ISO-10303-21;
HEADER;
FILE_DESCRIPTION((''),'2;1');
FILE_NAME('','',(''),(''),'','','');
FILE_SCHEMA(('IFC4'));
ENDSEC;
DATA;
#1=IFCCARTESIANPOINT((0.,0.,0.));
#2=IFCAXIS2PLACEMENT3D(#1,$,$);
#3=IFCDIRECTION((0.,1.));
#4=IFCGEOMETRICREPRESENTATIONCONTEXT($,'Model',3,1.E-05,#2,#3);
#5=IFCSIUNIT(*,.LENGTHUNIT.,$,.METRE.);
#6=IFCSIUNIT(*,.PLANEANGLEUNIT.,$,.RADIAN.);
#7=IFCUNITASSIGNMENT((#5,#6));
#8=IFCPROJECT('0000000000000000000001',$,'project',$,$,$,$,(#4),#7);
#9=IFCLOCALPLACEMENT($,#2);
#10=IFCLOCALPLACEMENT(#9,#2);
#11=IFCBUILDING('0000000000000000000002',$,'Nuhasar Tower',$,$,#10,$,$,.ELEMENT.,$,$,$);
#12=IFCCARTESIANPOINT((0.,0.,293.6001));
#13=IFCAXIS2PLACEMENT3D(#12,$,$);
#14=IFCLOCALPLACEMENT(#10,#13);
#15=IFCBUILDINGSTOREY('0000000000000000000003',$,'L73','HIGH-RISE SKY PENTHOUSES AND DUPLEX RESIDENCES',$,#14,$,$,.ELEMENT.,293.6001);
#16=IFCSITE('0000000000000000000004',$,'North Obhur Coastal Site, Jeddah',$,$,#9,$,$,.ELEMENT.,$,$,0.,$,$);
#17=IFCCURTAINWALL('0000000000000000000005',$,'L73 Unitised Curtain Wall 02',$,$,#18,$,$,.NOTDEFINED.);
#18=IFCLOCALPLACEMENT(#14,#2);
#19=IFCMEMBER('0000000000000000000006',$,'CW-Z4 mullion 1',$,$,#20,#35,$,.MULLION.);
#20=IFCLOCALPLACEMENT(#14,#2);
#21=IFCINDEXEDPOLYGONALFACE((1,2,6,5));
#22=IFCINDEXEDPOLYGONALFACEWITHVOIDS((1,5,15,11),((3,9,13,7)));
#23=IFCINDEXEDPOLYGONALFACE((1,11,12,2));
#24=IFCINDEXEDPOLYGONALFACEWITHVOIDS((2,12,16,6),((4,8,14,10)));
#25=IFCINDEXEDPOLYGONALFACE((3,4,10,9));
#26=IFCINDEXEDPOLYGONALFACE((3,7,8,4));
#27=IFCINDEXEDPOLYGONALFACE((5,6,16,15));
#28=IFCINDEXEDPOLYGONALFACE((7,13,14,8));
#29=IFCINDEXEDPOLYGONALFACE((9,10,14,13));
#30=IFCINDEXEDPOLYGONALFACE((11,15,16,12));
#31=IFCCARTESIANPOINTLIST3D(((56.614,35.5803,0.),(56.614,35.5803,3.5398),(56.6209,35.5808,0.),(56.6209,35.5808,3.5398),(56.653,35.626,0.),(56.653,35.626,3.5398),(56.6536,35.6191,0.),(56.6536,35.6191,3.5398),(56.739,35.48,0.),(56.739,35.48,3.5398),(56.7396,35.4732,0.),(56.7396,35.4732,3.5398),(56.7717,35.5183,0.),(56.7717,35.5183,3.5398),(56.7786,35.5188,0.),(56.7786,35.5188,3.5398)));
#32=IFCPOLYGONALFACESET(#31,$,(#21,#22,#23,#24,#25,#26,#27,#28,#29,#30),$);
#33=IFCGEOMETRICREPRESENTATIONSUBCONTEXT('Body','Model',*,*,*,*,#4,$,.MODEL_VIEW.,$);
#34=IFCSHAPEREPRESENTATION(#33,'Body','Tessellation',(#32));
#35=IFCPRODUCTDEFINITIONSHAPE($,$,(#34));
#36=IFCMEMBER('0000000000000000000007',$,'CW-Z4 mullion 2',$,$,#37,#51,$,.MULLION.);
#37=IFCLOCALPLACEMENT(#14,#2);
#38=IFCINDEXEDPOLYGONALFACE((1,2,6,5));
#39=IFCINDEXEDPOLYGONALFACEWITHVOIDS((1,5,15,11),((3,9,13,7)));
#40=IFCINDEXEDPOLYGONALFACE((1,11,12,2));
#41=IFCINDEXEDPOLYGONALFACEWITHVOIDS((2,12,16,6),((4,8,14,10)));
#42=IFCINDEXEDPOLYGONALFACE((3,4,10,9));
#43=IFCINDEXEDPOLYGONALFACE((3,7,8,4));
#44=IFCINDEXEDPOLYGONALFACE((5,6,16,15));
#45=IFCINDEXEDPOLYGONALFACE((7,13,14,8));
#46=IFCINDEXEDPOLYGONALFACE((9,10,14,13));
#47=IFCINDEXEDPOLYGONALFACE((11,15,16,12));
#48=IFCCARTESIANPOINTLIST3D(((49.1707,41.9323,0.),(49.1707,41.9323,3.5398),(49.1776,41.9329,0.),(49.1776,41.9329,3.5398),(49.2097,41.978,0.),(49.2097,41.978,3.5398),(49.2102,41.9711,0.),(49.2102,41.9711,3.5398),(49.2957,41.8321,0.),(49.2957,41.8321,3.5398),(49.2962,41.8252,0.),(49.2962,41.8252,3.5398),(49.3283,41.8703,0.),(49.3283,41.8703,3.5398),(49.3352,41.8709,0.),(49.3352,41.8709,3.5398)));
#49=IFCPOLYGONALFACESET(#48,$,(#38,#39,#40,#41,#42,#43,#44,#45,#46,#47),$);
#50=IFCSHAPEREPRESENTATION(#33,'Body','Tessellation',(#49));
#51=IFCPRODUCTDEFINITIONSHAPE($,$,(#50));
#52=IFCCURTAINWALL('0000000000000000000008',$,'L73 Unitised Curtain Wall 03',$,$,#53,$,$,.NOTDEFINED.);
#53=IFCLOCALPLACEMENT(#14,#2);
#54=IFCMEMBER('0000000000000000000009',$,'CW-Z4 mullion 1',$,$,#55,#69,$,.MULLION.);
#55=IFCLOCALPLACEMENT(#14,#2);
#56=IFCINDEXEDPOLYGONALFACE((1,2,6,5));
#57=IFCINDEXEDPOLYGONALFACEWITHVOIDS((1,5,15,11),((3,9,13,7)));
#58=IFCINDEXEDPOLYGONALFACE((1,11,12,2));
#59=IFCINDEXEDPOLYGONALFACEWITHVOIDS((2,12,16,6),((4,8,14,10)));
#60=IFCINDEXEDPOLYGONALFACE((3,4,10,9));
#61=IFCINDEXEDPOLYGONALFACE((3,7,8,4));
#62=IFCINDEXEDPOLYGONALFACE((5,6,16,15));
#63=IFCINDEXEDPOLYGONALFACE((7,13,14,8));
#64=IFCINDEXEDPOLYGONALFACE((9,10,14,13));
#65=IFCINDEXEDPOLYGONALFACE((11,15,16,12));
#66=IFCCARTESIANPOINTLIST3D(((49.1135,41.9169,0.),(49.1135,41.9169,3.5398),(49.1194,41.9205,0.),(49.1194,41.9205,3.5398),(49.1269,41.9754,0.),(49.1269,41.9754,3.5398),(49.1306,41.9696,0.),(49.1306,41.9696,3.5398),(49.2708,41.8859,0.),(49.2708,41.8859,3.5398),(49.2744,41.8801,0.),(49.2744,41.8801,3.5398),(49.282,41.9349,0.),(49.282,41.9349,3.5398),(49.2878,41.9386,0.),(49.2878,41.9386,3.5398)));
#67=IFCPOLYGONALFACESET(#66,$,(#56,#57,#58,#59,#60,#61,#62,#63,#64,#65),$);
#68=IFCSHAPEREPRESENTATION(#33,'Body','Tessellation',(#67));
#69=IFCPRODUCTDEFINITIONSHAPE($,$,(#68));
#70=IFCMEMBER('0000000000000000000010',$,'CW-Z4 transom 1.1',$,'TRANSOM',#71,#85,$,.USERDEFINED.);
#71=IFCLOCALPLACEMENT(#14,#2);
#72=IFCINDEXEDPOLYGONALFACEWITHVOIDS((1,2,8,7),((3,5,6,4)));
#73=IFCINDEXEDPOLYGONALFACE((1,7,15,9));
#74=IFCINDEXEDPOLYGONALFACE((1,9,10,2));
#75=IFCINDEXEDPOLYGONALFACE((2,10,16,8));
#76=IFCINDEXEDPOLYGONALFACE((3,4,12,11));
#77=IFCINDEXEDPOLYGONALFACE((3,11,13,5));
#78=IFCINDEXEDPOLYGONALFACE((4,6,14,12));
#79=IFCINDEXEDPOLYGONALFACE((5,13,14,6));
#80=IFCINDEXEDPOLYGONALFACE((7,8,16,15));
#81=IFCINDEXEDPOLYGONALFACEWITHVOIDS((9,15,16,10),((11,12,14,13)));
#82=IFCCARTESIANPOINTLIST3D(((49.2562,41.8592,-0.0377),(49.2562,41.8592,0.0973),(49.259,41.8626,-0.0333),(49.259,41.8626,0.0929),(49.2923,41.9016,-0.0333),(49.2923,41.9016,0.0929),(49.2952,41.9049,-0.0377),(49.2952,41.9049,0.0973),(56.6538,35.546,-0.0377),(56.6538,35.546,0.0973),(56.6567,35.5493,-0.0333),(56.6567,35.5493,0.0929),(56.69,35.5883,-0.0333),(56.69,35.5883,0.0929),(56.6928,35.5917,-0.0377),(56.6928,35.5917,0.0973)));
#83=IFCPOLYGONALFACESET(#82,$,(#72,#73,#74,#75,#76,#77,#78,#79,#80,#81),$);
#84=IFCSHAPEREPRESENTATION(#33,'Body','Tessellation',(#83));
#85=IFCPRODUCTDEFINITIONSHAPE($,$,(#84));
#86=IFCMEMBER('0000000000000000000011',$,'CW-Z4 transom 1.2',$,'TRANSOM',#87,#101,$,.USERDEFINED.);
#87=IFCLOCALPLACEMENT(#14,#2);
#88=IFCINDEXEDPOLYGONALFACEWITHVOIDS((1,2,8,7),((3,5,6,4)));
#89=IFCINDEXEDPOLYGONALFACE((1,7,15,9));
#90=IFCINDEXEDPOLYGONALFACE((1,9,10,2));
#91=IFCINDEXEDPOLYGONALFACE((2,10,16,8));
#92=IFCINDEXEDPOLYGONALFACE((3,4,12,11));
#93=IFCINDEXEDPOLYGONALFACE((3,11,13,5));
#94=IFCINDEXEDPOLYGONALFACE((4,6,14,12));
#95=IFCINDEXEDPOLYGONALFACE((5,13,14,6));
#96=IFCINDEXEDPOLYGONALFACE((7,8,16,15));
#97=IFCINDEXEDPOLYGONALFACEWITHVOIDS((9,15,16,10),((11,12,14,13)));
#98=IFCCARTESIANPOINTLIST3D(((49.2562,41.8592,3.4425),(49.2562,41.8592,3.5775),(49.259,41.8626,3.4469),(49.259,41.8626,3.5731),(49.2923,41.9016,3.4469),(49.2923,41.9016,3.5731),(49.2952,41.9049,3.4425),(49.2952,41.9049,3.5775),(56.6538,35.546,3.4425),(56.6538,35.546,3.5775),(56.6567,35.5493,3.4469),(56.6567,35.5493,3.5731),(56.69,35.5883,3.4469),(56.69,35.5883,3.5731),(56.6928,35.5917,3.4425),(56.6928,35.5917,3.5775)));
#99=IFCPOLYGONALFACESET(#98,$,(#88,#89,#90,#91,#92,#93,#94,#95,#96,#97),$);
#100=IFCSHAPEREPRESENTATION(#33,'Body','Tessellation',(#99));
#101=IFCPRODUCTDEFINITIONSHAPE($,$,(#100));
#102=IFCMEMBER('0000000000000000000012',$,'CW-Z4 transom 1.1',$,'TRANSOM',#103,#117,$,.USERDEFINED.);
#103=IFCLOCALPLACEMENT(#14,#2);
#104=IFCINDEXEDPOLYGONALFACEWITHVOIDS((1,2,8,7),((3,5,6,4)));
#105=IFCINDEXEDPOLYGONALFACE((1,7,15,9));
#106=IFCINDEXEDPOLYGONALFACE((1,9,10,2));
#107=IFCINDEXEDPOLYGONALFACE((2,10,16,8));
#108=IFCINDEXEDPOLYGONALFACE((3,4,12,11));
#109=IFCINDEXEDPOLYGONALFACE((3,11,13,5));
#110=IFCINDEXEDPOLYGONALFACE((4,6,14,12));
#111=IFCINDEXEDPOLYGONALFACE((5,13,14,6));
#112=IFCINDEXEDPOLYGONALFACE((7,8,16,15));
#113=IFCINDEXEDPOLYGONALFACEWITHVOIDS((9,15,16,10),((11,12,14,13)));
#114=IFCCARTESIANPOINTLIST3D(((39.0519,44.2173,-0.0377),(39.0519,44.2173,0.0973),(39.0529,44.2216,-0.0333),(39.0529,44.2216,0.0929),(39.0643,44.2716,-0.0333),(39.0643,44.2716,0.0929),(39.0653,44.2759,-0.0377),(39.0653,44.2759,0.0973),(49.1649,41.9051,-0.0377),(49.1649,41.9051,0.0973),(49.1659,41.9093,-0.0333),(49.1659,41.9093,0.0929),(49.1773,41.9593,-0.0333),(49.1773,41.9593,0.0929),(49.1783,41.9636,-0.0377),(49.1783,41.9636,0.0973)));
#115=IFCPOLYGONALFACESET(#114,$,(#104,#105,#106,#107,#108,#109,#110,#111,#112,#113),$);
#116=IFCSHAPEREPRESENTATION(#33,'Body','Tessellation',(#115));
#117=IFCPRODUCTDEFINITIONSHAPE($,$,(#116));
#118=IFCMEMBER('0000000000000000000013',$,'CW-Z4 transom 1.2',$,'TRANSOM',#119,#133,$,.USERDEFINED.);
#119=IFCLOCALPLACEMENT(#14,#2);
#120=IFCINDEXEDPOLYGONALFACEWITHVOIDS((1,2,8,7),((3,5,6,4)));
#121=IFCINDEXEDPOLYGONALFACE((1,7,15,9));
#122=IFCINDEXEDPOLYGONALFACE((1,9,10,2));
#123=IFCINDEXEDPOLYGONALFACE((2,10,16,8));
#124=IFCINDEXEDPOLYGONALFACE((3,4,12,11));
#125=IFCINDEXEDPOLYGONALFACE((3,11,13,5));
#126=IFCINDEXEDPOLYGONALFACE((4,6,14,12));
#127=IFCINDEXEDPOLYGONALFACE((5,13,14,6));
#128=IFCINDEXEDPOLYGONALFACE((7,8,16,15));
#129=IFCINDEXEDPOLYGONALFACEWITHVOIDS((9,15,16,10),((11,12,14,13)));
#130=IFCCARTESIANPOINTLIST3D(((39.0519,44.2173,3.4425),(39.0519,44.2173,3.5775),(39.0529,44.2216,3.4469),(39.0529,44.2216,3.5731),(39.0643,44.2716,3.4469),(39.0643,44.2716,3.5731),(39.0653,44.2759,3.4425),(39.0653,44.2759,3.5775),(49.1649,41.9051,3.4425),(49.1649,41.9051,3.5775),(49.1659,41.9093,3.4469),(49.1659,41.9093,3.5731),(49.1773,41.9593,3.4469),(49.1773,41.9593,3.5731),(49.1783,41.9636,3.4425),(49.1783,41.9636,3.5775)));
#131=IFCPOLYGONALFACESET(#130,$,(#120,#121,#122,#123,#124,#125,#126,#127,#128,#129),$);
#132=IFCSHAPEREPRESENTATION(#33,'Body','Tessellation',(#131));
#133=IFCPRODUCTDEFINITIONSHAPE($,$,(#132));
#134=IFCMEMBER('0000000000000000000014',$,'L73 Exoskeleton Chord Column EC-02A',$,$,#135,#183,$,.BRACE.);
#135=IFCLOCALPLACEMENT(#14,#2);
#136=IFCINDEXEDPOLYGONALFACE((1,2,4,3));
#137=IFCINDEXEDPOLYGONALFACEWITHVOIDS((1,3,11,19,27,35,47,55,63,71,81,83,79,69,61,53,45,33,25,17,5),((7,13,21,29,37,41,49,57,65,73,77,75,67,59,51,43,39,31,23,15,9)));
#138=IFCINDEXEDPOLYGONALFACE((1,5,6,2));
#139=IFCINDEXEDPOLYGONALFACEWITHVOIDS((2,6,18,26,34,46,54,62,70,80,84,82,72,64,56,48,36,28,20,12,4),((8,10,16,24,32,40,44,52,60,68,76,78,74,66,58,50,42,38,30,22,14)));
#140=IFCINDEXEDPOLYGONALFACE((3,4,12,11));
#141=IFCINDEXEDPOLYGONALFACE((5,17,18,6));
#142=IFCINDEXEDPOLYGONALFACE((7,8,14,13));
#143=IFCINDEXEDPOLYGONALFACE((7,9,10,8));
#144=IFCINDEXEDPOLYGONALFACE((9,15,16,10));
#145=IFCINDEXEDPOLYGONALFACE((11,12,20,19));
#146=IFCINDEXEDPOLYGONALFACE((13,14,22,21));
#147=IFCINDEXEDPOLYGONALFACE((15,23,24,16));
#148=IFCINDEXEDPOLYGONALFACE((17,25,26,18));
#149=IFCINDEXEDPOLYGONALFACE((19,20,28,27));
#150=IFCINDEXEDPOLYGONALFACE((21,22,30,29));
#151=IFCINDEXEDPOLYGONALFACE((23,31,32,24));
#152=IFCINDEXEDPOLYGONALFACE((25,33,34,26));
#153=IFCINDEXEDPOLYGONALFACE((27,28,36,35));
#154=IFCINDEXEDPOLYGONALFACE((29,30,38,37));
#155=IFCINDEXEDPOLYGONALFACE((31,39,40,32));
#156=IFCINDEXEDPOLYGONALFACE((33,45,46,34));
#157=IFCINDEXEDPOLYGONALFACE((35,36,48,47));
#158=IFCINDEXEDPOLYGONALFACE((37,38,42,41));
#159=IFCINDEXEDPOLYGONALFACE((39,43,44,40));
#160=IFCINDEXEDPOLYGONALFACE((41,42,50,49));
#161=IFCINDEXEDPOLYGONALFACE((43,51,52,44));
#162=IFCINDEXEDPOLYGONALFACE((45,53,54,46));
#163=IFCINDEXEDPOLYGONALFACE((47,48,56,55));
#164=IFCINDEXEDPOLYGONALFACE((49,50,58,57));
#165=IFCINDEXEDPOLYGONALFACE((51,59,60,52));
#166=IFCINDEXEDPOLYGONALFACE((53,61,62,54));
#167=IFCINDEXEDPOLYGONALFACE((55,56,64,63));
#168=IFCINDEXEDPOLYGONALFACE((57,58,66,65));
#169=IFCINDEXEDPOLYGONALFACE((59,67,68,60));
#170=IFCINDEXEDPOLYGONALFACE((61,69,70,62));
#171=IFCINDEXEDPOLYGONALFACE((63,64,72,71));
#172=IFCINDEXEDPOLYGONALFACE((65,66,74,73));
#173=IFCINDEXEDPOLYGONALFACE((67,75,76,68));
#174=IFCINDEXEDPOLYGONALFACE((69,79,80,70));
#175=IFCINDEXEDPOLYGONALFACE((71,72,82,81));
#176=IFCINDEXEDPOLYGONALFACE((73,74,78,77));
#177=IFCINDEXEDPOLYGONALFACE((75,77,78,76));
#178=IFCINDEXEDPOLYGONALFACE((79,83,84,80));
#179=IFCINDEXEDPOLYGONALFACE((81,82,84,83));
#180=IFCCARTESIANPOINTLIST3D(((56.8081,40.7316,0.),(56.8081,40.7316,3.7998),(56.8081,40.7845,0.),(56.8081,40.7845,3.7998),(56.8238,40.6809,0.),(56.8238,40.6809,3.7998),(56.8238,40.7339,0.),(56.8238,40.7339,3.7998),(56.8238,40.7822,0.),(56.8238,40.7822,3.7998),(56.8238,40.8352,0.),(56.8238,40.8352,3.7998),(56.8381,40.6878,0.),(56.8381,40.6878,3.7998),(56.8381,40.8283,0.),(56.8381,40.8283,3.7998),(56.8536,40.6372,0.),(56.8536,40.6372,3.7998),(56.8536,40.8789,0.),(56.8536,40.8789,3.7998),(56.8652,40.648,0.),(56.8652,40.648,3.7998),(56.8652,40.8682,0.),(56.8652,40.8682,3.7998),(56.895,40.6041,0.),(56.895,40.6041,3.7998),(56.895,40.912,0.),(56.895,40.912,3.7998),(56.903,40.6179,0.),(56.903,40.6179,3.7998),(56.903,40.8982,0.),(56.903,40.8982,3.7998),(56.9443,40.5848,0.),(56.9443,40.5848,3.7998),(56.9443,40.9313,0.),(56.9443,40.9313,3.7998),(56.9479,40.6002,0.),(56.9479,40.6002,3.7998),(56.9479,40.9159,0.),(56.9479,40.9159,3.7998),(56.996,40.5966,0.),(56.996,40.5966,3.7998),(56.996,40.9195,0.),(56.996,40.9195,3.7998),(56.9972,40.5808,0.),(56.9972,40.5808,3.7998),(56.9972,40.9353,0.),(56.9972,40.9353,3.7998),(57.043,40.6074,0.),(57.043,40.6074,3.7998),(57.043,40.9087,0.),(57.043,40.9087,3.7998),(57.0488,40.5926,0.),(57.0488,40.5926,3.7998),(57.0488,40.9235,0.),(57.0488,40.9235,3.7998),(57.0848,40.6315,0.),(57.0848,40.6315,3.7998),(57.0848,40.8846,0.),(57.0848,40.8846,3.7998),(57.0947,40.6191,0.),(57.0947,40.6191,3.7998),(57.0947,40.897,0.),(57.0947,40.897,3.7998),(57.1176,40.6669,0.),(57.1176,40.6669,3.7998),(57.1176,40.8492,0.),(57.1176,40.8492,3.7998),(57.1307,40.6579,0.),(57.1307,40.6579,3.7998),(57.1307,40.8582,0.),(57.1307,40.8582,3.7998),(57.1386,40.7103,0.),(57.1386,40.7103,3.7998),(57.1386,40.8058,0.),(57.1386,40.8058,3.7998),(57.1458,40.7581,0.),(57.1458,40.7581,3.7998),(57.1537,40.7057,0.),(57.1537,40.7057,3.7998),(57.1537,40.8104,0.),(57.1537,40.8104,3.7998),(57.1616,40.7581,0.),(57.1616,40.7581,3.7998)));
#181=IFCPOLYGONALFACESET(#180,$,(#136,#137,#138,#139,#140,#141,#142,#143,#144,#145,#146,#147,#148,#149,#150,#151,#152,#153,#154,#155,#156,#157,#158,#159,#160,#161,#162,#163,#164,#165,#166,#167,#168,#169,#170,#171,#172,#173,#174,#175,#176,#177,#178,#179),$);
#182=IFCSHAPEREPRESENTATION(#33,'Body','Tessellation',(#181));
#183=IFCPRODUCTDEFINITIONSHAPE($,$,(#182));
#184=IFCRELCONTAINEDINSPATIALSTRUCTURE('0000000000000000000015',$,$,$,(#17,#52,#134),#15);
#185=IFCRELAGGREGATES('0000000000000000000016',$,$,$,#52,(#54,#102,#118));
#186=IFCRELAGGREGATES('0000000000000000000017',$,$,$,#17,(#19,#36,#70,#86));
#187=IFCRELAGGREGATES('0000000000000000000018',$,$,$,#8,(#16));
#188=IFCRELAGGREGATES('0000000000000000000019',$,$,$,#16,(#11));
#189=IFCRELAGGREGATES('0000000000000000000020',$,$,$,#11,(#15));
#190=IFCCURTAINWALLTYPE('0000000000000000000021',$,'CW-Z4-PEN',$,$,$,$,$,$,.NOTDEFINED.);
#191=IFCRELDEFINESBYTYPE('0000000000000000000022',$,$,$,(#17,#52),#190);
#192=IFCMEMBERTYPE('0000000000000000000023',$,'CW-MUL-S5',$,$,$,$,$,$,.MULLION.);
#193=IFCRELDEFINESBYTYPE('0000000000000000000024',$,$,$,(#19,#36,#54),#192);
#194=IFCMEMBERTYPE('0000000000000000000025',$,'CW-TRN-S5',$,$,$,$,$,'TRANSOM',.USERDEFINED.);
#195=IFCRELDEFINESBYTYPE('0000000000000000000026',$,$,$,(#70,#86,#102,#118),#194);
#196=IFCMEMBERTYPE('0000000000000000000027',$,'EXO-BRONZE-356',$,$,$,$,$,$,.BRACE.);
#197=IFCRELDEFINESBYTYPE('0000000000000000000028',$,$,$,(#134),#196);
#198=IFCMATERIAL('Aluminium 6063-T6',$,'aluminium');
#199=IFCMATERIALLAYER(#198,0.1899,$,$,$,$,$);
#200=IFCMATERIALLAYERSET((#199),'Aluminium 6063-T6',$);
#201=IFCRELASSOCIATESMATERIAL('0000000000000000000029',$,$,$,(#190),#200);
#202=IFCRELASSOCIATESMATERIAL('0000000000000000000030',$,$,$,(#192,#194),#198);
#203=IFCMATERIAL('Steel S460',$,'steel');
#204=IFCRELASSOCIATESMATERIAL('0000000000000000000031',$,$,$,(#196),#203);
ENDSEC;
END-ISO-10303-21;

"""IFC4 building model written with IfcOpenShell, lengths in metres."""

from ifc_helpers import new_model, si_unit, direction, frame, origin, origin_2d, place, context, subcontext, project, spatial, hollow_rectangle, hollow_circle, extrude, material, layer, layer_set, material_profile, profile_set, type_object, element, aggregate, save


model = new_model("IFC4")

# Units and contexts
model_context = context("Model", 3, precision=1e-05, world=origin(), true_north=direction((0.0, 1.0)))
body_context = subcontext(model_context, "Body", "Model", "MODEL_VIEW")
ifc_project = project(units=[si_unit("LENGTHUNIT", "METRE"), si_unit("PLANEANGLEUNIT", "RADIAN")], contexts=[model_context])

# Site, building, storey
site_placement = place(None, origin())
site = spatial("IfcSite", under=ifc_project, at=site_placement, Name="North Obhur Coastal Site, Jeddah", CompositionType="ELEMENT", RefElevation=0.0)
building_placement = place(site_placement, origin())
building = spatial("IfcBuilding", under=site, at=building_placement, Name="Nuhasar Tower", CompositionType="ELEMENT")
storey_placement = place(building_placement, frame((0.0, 0.0, 293.6001)))
storey = spatial("IfcBuildingStorey", under=building, at=storey_placement, Name="L73", Description="HIGH-RISE SKY PENTHOUSES AND DUPLEX RESIDENCES", CompositionType="ELEMENT", Elevation=293.6001)

# Curtain wall, members
ifc_material_1 = material(Name="Aluminium 6063-T6", Category="aluminium")
ifc_layer_1 = layer(ifc_material_1, 0.1899)
ifc_layer_set_1 = layer_set([ifc_layer_1], Name="Aluminium 6063-T6")
curtain_wall_type = type_object("IfcCurtainWallType", Name="CW-Z4-PEN", PredefinedType="NOTDEFINED", material=ifc_layer_set_1)
curtain_wall_1_placement = place(storey_placement, origin())
curtain_wall_1 = element("IfcCurtainWall", 1, at=curtain_wall_1_placement, inside=storey, type_object=curtain_wall_type, Name="L73 Unitised Curtain Wall 02", PredefinedType="NOTDEFINED")
ifc_material_profile_1 = material_profile(ifc_material_1, hollow_rectangle(XDim=0.0601, YDim=0.165, WallThickness=0.0049, at=origin_2d()), Name="CWM-5")
ifc_profile_set_1 = profile_set([ifc_material_profile_1], Name="Aluminium 6063-T6")
member_type_1 = type_object("IfcMemberType", Name="CW-MUL-S5", PredefinedType="MULLION", material=ifc_profile_set_1)
member_1_placement = place(storey_placement, frame((56.6963, 35.5496, 0.0), z_axis=(0.0, 0.0, 1.0), x_axis=(-0.649142, -0.760667, 0.0)))
member_1 = element("IfcMember", 2, at=member_1_placement, type_object=member_type_1, Name="CW-Z4 mullion 1", PredefinedType="MULLION", context=body_context, shape_type="SweptSolid", body=[
    extrude(hollow_rectangle(XDim=0.0601, YDim=0.165, WallThickness=0.0049, at=origin_2d()), origin(), (0.0, 0.0, 1.0), 3.5398),
])
member_2_placement = place(storey_placement, frame((49.2529, 41.9016, 0.0), z_axis=(0.0, 0.0, 1.0), x_axis=(-0.649142, -0.760667, 0.0)))
member_2 = element("IfcMember", 3, at=member_2_placement, type_object=member_type_1, Name="CW-Z4 mullion 2", PredefinedType="MULLION", context=body_context, shape_type="SweptSolid", body=[
    extrude(hollow_rectangle(XDim=0.0601, YDim=0.165, WallThickness=0.0049, at=origin_2d()), origin(), (0.0, 0.0, 1.0), 3.5398),
])

# Curtain wall, member
curtain_wall_2_placement = place(storey_placement, origin())
curtain_wall_2 = element("IfcCurtainWall", 4, at=curtain_wall_2_placement, inside=storey, type_object=curtain_wall_type, Name="L73 Unitised Curtain Wall 03", PredefinedType="NOTDEFINED")
member_3_placement = place(storey_placement, frame((49.2007, 41.9277, 0.0), z_axis=(0.0, 0.0, 1.0), x_axis=(-0.222889, -0.974844, 0.0)))
member_3 = element("IfcMember", 5, at=member_3_placement, type_object=member_type_1, Name="CW-Z4 mullion 1", PredefinedType="MULLION", context=body_context, shape_type="SweptSolid", body=[
    extrude(hollow_rectangle(XDim=0.0601, YDim=0.165, WallThickness=0.0049, at=origin_2d()), origin(), (0.0, 0.0, 1.0), 3.5398),
])

# Members
ifc_material_profile_2 = material_profile(ifc_material_1, hollow_rectangle(XDim=0.0601, YDim=0.135, WallThickness=0.0044, at=origin_2d()), Name="CWT-5")
ifc_profile_set_2 = profile_set([ifc_material_profile_2], Name="Aluminium 6063-T6")
member_type_2 = type_object("IfcMemberType", Name="CW-TRN-S5", ElementType="TRANSOM", PredefinedType="USERDEFINED", material=ifc_profile_set_2)
member_4_placement = place(storey_placement, frame((56.6733, 35.5688, 0.0298), z_axis=(-0.76066, 0.64915, 0.0), x_axis=(-0.64915, -0.76066, 0.0)))
member_4 = element("IfcMember", 6, at=member_4_placement, type_object=member_type_2, Name="CW-Z4 transom 1.1", ObjectType="TRANSOM", PredefinedType="USERDEFINED", context=body_context, shape_type="SweptSolid", body=[
    extrude(hollow_rectangle(XDim=0.0601, YDim=0.135, WallThickness=0.0044, at=origin_2d()), origin(), (0.0, 0.0, 1.0), 9.7253),
])
member_5_placement = place(storey_placement, frame((56.6733, 35.5688, 3.51), z_axis=(-0.76066, 0.64915, 0.0), x_axis=(-0.64915, -0.76066, 0.0)))
member_5 = element("IfcMember", 7, at=member_5_placement, type_object=member_type_2, Name="CW-Z4 transom 1.2", ObjectType="TRANSOM", PredefinedType="USERDEFINED", context=body_context, shape_type="SweptSolid", body=[
    extrude(hollow_rectangle(XDim=0.0601, YDim=0.135, WallThickness=0.0044, at=origin_2d()), origin(), (0.0, 0.0, 1.0), 9.7253),
])
member_6_placement = place(storey_placement, frame((49.1716, 41.9343, 0.0298), z_axis=(-0.974844, 0.222889, 0.0), x_axis=(-0.222889, -0.974844, 0.0)))
member_6 = element("IfcMember", 8, at=member_6_placement, type_object=member_type_2, Name="CW-Z4 transom 1.1", ObjectType="TRANSOM", PredefinedType="USERDEFINED", context=body_context, shape_type="SweptSolid", body=[
    extrude(hollow_rectangle(XDim=0.0601, YDim=0.135, WallThickness=0.0044, at=origin_2d()), origin(), (0.0, 0.0, 1.0), 10.374),
])
member_7_placement = place(storey_placement, frame((49.1716, 41.9343, 3.51), z_axis=(-0.974844, 0.222889, 0.0), x_axis=(-0.222889, -0.974844, 0.0)))
member_7 = element("IfcMember", 9, at=member_7_placement, type_object=member_type_2, Name="CW-Z4 transom 1.2", ObjectType="TRANSOM", PredefinedType="USERDEFINED", context=body_context, shape_type="SweptSolid", body=[
    extrude(hollow_rectangle(XDim=0.0601, YDim=0.135, WallThickness=0.0044, at=origin_2d()), origin(), (0.0, 0.0, 1.0), 10.374),
])
aggregate(curtain_wall_2, [member_3, member_6, member_7])

# Member
ifc_material_2 = material(Name="Steel S460", Category="steel")
ifc_material_profile_3 = material_profile(ifc_material_2, hollow_circle(Radius=0.1777, WallThickness=0.0159, at=origin_2d()), Name="HSS355.6X15.9")
ifc_profile_set_3 = profile_set([ifc_material_profile_3], Name="Steel S460")
member_type_3 = type_object("IfcMemberType", Name="EXO-BRONZE-356", PredefinedType="BRACE", material=ifc_profile_set_3)
for number, where, z_axis, x_axis, name in (
    (10, (56.9839, 40.7581, 0.0), (0.0, 0.0, 1.0), (1.0, 0.0, 0.0), "L73 Exoskeleton Chord Column EC-02A"),
):
    element("IfcMember", number, at=place(storey_placement, frame(where, z_axis=z_axis, x_axis=x_axis)), inside=storey, type_object=member_type_3, Name=name, PredefinedType="BRACE", context=body_context, shape_type="SweptSolid", body=[
        extrude(hollow_circle(Radius=0.1777, WallThickness=0.0159, at=origin_2d()), origin(), (0.0, 0.0, 1.0), 3.7998),
    ])

aggregate(curtain_wall_1, [member_1, member_2, member_4, member_5])

save(model, "model.ifc")
